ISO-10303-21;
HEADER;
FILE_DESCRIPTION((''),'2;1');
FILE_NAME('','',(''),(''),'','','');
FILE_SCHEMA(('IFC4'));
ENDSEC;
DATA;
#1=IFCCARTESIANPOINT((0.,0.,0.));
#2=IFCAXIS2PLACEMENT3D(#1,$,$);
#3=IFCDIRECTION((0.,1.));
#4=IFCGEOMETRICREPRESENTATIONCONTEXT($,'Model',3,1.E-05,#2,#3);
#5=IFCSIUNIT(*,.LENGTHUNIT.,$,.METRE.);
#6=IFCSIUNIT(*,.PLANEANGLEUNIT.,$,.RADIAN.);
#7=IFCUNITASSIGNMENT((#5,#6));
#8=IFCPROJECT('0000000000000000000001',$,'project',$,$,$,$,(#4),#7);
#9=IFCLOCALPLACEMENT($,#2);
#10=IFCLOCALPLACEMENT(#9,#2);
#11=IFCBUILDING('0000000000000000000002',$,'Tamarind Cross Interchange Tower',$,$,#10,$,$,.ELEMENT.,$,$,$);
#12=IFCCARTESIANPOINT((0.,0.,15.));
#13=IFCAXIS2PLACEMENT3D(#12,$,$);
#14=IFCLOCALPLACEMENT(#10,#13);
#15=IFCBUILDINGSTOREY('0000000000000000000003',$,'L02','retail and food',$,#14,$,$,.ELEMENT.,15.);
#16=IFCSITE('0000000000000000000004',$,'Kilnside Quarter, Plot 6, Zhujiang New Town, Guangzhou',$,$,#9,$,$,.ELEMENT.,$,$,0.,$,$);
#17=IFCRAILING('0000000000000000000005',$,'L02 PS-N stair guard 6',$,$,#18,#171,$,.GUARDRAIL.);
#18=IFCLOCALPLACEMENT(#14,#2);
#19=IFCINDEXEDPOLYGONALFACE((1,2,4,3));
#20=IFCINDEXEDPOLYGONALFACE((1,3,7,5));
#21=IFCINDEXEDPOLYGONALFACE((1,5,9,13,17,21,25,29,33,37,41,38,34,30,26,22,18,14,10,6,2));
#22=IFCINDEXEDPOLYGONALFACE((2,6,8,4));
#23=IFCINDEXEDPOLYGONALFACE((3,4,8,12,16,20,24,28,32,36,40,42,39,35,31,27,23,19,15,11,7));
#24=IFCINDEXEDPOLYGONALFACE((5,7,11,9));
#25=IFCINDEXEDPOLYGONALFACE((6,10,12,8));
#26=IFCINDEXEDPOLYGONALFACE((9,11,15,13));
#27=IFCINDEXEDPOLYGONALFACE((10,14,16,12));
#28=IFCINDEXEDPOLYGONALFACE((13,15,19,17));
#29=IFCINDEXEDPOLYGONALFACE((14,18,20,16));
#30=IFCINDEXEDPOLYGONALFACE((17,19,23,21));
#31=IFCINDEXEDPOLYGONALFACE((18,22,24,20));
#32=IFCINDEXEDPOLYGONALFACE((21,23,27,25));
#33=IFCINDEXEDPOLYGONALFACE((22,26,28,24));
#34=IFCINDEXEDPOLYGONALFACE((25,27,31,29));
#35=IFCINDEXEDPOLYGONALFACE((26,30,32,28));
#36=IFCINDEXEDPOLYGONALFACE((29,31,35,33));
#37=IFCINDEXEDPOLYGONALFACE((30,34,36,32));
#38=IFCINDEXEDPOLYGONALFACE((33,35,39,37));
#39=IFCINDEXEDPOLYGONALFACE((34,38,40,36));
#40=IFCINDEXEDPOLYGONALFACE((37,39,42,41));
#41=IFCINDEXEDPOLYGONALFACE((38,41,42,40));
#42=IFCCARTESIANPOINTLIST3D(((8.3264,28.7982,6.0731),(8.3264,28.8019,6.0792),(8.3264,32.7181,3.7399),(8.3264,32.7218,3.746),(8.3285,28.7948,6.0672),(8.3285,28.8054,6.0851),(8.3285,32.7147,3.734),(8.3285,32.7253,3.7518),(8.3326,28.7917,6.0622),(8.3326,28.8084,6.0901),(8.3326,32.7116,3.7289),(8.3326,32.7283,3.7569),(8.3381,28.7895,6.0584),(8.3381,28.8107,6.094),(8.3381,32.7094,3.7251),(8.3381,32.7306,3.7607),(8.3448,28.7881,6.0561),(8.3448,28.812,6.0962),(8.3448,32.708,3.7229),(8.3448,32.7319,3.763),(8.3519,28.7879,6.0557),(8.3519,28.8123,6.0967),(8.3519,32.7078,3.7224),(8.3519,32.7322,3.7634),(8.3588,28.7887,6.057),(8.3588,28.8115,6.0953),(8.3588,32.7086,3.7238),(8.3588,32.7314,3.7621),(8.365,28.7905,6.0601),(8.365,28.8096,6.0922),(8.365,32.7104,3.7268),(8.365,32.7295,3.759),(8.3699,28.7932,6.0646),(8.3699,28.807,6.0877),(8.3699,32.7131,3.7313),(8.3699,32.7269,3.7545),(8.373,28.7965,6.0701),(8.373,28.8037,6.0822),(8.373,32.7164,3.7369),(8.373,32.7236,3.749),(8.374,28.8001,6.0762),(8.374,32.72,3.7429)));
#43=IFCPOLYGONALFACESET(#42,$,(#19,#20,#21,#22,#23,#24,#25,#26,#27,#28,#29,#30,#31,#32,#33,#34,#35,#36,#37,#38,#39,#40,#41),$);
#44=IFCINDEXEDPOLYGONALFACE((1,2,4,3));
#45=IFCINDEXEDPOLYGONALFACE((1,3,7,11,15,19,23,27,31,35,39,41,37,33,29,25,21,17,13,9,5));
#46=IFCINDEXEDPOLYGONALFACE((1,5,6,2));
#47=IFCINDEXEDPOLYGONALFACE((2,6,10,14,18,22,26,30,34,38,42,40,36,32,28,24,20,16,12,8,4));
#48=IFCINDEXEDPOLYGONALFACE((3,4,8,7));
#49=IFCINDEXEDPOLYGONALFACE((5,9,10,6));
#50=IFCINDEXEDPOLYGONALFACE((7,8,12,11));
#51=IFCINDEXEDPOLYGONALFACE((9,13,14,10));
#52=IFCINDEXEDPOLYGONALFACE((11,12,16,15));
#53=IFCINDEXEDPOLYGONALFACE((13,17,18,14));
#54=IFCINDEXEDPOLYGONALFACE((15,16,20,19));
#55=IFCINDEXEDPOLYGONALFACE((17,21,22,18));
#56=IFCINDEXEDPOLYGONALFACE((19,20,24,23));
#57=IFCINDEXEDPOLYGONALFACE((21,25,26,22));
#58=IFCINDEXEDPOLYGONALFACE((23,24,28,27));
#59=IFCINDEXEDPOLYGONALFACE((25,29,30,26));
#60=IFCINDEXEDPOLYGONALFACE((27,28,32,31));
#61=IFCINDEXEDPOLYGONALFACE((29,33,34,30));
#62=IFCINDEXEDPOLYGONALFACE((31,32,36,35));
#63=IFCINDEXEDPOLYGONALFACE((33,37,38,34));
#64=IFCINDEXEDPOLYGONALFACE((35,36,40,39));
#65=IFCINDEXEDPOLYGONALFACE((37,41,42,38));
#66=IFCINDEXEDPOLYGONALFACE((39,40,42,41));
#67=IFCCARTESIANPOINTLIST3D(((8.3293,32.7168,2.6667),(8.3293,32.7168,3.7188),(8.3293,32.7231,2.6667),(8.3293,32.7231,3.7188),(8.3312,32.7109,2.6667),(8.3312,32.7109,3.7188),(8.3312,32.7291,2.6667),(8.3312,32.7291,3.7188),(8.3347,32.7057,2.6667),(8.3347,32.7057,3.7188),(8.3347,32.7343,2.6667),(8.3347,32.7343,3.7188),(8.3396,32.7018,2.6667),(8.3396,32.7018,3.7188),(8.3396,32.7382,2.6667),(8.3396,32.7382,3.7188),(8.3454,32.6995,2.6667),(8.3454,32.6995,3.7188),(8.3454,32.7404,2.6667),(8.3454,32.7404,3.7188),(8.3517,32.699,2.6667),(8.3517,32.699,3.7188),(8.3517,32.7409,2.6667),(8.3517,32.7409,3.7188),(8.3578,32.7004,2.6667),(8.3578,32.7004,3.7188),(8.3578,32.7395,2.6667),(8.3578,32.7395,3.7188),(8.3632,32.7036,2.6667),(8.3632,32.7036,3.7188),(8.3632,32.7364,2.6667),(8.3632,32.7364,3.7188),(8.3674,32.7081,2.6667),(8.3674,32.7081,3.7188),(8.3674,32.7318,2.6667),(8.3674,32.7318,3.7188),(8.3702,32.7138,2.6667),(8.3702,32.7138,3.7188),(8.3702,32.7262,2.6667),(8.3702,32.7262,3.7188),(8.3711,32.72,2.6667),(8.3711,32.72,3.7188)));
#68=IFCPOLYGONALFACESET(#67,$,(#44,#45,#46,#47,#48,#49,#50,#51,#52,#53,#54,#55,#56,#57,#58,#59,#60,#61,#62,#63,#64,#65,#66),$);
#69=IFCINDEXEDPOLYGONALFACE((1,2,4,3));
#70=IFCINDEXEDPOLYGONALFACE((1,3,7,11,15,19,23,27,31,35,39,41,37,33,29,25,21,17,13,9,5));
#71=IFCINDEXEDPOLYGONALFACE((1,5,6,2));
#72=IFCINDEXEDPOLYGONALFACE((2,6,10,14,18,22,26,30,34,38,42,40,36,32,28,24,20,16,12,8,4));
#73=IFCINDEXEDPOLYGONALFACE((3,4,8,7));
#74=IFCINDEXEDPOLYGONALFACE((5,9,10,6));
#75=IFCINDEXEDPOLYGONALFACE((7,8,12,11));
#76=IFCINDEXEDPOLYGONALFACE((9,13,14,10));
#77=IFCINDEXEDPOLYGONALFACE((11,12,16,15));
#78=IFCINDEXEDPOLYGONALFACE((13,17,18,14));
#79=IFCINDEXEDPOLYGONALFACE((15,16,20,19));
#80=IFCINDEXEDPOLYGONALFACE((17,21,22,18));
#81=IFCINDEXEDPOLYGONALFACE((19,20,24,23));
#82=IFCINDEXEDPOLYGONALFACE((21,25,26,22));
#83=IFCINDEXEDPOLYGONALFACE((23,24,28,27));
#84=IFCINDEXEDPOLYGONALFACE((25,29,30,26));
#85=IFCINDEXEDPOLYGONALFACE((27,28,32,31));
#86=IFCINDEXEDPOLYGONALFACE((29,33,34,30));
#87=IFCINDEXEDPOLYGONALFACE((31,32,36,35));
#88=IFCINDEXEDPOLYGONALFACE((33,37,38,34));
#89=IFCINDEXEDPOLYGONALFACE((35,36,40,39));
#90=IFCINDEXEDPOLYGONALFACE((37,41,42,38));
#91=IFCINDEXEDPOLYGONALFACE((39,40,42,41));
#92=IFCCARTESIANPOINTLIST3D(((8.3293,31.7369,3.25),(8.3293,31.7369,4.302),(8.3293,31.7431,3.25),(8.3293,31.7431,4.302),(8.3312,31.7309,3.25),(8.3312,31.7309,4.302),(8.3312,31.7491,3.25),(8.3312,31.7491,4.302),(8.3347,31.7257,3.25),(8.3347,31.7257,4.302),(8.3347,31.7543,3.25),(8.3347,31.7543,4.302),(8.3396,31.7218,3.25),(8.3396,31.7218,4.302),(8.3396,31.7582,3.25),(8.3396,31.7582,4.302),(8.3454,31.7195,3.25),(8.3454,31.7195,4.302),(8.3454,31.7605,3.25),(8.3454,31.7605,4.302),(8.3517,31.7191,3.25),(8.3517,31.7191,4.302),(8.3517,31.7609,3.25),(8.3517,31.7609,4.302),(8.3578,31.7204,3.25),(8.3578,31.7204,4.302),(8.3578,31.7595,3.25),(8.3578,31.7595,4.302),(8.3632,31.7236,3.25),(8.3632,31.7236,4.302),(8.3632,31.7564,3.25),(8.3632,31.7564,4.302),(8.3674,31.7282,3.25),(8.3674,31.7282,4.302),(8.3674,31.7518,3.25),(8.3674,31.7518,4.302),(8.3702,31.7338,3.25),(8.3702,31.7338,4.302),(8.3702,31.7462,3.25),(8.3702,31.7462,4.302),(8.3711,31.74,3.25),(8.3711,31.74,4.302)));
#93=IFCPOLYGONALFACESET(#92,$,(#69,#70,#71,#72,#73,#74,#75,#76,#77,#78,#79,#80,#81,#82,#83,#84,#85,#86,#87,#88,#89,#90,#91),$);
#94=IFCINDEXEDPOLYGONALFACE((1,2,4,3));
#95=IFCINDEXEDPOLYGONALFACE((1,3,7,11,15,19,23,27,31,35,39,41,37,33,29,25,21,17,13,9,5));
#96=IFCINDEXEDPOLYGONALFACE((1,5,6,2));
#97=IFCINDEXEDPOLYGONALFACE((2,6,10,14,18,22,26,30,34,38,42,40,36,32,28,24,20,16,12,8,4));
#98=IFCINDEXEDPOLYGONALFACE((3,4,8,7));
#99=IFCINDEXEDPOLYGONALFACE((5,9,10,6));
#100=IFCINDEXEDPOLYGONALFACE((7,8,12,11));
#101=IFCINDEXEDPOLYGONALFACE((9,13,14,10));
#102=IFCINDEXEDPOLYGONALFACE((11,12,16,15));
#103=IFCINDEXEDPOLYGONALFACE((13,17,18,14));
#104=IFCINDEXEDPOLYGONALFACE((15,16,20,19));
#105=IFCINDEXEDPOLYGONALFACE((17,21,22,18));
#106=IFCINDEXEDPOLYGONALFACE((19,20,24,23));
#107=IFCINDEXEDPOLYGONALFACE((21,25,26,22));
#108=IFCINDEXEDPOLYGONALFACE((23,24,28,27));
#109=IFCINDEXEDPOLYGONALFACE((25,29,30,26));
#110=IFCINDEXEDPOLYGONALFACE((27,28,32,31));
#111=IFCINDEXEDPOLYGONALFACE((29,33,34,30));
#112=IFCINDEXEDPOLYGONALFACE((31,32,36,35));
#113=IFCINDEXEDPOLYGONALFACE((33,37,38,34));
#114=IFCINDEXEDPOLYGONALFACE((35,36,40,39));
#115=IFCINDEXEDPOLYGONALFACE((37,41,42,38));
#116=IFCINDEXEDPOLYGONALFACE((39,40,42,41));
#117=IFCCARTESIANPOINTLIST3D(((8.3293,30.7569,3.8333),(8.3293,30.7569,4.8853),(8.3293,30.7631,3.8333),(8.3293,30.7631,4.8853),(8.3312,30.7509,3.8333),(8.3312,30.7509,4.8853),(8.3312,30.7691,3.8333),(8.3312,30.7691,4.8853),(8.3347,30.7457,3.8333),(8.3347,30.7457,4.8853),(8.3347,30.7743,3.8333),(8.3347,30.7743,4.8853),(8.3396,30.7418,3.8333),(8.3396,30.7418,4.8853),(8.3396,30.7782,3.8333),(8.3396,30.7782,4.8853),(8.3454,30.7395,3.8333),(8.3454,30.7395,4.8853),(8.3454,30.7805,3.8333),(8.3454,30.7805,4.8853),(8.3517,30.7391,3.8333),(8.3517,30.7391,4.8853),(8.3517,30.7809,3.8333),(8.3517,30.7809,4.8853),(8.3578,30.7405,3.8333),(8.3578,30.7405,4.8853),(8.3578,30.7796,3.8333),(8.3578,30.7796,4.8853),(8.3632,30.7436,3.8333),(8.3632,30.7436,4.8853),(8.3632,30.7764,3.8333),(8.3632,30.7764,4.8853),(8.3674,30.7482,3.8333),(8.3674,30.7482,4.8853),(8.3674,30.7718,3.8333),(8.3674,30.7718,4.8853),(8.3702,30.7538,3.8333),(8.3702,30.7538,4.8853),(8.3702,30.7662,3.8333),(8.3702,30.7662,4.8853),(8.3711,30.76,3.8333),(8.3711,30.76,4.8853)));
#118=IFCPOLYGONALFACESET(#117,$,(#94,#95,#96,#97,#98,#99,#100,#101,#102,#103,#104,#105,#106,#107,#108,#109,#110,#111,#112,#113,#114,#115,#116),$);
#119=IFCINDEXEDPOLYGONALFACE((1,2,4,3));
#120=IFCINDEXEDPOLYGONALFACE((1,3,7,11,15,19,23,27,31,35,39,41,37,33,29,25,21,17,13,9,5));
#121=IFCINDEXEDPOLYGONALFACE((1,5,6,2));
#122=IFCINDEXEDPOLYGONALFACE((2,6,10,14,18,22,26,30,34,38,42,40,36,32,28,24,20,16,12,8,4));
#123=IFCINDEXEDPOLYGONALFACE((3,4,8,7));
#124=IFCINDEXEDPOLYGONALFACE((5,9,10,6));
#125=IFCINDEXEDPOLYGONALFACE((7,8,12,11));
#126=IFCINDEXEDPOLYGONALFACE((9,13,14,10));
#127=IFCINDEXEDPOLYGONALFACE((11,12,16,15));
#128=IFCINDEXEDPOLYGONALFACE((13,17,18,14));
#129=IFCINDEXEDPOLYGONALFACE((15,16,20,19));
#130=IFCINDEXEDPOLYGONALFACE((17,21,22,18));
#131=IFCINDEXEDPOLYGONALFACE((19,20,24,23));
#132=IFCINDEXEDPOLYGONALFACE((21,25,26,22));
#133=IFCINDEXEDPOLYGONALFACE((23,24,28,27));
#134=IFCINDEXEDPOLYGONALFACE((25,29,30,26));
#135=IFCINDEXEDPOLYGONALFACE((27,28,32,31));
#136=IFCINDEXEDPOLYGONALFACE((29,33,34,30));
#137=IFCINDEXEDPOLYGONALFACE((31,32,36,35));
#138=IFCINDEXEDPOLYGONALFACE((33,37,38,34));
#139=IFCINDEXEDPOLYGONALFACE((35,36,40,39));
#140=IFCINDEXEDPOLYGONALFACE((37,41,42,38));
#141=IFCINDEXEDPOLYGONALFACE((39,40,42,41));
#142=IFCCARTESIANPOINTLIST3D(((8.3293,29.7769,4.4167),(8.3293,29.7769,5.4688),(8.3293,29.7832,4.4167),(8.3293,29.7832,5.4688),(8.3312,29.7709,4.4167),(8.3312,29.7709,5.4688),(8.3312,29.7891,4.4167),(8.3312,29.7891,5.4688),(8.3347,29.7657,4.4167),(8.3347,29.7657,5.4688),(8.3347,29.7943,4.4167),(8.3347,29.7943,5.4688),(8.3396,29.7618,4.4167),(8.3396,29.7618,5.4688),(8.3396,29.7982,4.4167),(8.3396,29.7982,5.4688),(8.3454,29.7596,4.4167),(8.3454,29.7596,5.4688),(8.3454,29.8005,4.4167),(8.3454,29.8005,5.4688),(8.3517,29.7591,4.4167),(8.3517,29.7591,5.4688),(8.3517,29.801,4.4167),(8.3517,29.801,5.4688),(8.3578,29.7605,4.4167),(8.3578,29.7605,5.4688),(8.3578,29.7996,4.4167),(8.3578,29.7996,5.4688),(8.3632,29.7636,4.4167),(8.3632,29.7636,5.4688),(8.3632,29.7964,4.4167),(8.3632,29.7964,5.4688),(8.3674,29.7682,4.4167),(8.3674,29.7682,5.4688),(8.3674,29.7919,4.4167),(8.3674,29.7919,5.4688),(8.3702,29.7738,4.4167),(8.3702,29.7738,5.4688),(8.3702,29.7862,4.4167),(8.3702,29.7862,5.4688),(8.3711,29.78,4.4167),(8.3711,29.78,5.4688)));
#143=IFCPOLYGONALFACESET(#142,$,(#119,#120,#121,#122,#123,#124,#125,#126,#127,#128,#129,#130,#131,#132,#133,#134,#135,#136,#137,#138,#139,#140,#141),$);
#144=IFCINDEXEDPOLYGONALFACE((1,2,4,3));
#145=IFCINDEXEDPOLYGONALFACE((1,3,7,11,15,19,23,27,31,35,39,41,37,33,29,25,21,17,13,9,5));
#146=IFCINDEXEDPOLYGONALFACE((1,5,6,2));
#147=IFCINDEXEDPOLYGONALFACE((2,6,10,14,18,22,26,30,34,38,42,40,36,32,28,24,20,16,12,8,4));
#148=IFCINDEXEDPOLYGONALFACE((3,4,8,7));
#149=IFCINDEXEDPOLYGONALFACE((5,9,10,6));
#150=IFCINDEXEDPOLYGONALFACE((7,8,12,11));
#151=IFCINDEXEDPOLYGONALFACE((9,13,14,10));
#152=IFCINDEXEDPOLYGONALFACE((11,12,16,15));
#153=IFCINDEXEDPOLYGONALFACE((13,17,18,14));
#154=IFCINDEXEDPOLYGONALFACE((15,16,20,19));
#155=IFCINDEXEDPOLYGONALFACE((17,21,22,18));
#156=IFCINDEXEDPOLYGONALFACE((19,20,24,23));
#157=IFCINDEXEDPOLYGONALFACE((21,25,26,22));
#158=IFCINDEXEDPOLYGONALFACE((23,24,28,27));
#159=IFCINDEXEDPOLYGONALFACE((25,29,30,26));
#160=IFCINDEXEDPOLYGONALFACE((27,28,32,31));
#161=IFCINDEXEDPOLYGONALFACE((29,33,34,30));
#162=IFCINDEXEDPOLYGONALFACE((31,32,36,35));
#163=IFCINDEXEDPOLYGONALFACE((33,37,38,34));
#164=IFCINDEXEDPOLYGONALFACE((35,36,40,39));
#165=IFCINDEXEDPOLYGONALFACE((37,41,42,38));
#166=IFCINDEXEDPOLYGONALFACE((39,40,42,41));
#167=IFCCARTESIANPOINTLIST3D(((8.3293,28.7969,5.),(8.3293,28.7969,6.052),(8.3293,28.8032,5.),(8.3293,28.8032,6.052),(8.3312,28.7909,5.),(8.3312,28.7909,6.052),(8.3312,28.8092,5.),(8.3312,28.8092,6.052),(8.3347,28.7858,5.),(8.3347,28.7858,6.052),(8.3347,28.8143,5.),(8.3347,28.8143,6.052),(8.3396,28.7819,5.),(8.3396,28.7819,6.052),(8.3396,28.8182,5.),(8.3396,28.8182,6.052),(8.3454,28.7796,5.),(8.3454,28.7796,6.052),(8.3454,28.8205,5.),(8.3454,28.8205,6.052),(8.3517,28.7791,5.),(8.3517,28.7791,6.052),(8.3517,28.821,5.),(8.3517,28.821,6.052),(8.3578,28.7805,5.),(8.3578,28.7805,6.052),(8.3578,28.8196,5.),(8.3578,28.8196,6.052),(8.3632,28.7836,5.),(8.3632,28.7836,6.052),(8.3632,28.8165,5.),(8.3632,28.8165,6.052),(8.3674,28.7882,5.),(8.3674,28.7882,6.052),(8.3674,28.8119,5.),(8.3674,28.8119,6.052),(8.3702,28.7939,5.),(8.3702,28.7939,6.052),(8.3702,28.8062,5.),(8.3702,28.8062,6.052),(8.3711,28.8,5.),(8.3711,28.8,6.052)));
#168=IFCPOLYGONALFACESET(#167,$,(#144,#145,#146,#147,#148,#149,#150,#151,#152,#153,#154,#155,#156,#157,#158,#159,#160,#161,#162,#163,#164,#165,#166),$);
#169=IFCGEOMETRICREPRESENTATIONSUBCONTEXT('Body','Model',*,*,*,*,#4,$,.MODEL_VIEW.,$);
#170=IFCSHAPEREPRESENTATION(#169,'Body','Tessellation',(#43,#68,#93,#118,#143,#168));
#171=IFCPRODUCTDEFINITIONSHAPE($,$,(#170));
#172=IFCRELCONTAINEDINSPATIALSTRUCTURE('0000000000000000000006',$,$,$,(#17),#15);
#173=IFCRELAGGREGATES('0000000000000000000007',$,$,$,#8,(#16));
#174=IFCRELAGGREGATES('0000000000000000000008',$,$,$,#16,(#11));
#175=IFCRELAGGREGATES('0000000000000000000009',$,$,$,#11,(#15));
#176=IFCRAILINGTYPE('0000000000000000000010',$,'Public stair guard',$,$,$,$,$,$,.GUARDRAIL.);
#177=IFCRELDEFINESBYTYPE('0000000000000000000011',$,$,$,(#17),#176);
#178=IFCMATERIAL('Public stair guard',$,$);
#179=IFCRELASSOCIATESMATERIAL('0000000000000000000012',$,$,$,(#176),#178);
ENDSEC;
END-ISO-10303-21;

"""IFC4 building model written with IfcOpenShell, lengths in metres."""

from ifc_helpers import new_model, si_unit, direction, frame, origin, origin_2d, place, context, subcontext, project, spatial, circle, extrude, material, type_object, element, save


model = new_model("IFC4")

# Units and contexts
model_context = context("Model", 3, precision=1e-05, world=origin(), true_north=direction((0.0, 1.0)))
body_context = subcontext(model_context, "Body", "Model", "MODEL_VIEW")
ifc_project = project(units=[si_unit("LENGTHUNIT", "METRE"), si_unit("PLANEANGLEUNIT", "RADIAN")], contexts=[model_context])

# Site, building, storey
site_placement = place(None, origin())
site = spatial("IfcSite", under=ifc_project, at=site_placement, Name="Kilnside Quarter, Plot 6, Zhujiang New Town, Guangzhou", CompositionType="ELEMENT", RefElevation=0.0)
building_placement = place(site_placement, origin())
building = spatial("IfcBuilding", under=site, at=building_placement, Name="Tamarind Cross Interchange Tower", CompositionType="ELEMENT")
storey_placement = place(building_placement, frame((0.0, 0.0, 15.0)))
storey = spatial("IfcBuildingStorey", under=building, at=storey_placement, Name="L02", Description="retail and food", CompositionType="ELEMENT", Elevation=15.0)

# Railing
ifc_material_1 = material(Name="Public stair guard")
railing_type_1 = type_object("IfcRailingType", Name="Public stair guard", PredefinedType="GUARDRAIL", material=ifc_material_1)
railing_1_placement = place(storey_placement, frame((8.3501, 32.72, 2.6667)))
element("IfcRailing", 1, at=railing_1_placement, inside=storey, type_object=railing_type_1, Name="L02 PS-N stair guard 6", PredefinedType="GUARDRAIL", context=body_context, shape_type="SweptSolid", body=[
    extrude(circle(Radius=0.0239, at=origin_2d()), frame((0.0, 0.0, 1.0762), z_axis=(0.0, -0.859296, 0.511478), x_axis=(1.0, 0.0, 0.0)), (0.0, 0.0, 1.0), 4.5618),
    extrude(circle(Radius=0.021, at=origin_2d()), origin(), (0.0, 0.0, 1.0), 1.052),
    extrude(circle(Radius=0.021, at=origin_2d()), frame((0.0, -0.98, 0.5833)), (0.0, 0.0, 1.0), 1.052),
    extrude(circle(Radius=0.021, at=origin_2d()), frame((0.0, -1.96, 1.1665)), (0.0, 0.0, 1.0), 1.052),
    extrude(circle(Radius=0.021, at=origin_2d()), frame((0.0, -2.9399, 1.75)), (0.0, 0.0, 1.0), 1.052),
    extrude(circle(Radius=0.021, at=origin_2d()), frame((0.0, -3.9199, 2.3333)), (0.0, 0.0, 1.0), 1.052),
])

save(model, "model.ifc")
